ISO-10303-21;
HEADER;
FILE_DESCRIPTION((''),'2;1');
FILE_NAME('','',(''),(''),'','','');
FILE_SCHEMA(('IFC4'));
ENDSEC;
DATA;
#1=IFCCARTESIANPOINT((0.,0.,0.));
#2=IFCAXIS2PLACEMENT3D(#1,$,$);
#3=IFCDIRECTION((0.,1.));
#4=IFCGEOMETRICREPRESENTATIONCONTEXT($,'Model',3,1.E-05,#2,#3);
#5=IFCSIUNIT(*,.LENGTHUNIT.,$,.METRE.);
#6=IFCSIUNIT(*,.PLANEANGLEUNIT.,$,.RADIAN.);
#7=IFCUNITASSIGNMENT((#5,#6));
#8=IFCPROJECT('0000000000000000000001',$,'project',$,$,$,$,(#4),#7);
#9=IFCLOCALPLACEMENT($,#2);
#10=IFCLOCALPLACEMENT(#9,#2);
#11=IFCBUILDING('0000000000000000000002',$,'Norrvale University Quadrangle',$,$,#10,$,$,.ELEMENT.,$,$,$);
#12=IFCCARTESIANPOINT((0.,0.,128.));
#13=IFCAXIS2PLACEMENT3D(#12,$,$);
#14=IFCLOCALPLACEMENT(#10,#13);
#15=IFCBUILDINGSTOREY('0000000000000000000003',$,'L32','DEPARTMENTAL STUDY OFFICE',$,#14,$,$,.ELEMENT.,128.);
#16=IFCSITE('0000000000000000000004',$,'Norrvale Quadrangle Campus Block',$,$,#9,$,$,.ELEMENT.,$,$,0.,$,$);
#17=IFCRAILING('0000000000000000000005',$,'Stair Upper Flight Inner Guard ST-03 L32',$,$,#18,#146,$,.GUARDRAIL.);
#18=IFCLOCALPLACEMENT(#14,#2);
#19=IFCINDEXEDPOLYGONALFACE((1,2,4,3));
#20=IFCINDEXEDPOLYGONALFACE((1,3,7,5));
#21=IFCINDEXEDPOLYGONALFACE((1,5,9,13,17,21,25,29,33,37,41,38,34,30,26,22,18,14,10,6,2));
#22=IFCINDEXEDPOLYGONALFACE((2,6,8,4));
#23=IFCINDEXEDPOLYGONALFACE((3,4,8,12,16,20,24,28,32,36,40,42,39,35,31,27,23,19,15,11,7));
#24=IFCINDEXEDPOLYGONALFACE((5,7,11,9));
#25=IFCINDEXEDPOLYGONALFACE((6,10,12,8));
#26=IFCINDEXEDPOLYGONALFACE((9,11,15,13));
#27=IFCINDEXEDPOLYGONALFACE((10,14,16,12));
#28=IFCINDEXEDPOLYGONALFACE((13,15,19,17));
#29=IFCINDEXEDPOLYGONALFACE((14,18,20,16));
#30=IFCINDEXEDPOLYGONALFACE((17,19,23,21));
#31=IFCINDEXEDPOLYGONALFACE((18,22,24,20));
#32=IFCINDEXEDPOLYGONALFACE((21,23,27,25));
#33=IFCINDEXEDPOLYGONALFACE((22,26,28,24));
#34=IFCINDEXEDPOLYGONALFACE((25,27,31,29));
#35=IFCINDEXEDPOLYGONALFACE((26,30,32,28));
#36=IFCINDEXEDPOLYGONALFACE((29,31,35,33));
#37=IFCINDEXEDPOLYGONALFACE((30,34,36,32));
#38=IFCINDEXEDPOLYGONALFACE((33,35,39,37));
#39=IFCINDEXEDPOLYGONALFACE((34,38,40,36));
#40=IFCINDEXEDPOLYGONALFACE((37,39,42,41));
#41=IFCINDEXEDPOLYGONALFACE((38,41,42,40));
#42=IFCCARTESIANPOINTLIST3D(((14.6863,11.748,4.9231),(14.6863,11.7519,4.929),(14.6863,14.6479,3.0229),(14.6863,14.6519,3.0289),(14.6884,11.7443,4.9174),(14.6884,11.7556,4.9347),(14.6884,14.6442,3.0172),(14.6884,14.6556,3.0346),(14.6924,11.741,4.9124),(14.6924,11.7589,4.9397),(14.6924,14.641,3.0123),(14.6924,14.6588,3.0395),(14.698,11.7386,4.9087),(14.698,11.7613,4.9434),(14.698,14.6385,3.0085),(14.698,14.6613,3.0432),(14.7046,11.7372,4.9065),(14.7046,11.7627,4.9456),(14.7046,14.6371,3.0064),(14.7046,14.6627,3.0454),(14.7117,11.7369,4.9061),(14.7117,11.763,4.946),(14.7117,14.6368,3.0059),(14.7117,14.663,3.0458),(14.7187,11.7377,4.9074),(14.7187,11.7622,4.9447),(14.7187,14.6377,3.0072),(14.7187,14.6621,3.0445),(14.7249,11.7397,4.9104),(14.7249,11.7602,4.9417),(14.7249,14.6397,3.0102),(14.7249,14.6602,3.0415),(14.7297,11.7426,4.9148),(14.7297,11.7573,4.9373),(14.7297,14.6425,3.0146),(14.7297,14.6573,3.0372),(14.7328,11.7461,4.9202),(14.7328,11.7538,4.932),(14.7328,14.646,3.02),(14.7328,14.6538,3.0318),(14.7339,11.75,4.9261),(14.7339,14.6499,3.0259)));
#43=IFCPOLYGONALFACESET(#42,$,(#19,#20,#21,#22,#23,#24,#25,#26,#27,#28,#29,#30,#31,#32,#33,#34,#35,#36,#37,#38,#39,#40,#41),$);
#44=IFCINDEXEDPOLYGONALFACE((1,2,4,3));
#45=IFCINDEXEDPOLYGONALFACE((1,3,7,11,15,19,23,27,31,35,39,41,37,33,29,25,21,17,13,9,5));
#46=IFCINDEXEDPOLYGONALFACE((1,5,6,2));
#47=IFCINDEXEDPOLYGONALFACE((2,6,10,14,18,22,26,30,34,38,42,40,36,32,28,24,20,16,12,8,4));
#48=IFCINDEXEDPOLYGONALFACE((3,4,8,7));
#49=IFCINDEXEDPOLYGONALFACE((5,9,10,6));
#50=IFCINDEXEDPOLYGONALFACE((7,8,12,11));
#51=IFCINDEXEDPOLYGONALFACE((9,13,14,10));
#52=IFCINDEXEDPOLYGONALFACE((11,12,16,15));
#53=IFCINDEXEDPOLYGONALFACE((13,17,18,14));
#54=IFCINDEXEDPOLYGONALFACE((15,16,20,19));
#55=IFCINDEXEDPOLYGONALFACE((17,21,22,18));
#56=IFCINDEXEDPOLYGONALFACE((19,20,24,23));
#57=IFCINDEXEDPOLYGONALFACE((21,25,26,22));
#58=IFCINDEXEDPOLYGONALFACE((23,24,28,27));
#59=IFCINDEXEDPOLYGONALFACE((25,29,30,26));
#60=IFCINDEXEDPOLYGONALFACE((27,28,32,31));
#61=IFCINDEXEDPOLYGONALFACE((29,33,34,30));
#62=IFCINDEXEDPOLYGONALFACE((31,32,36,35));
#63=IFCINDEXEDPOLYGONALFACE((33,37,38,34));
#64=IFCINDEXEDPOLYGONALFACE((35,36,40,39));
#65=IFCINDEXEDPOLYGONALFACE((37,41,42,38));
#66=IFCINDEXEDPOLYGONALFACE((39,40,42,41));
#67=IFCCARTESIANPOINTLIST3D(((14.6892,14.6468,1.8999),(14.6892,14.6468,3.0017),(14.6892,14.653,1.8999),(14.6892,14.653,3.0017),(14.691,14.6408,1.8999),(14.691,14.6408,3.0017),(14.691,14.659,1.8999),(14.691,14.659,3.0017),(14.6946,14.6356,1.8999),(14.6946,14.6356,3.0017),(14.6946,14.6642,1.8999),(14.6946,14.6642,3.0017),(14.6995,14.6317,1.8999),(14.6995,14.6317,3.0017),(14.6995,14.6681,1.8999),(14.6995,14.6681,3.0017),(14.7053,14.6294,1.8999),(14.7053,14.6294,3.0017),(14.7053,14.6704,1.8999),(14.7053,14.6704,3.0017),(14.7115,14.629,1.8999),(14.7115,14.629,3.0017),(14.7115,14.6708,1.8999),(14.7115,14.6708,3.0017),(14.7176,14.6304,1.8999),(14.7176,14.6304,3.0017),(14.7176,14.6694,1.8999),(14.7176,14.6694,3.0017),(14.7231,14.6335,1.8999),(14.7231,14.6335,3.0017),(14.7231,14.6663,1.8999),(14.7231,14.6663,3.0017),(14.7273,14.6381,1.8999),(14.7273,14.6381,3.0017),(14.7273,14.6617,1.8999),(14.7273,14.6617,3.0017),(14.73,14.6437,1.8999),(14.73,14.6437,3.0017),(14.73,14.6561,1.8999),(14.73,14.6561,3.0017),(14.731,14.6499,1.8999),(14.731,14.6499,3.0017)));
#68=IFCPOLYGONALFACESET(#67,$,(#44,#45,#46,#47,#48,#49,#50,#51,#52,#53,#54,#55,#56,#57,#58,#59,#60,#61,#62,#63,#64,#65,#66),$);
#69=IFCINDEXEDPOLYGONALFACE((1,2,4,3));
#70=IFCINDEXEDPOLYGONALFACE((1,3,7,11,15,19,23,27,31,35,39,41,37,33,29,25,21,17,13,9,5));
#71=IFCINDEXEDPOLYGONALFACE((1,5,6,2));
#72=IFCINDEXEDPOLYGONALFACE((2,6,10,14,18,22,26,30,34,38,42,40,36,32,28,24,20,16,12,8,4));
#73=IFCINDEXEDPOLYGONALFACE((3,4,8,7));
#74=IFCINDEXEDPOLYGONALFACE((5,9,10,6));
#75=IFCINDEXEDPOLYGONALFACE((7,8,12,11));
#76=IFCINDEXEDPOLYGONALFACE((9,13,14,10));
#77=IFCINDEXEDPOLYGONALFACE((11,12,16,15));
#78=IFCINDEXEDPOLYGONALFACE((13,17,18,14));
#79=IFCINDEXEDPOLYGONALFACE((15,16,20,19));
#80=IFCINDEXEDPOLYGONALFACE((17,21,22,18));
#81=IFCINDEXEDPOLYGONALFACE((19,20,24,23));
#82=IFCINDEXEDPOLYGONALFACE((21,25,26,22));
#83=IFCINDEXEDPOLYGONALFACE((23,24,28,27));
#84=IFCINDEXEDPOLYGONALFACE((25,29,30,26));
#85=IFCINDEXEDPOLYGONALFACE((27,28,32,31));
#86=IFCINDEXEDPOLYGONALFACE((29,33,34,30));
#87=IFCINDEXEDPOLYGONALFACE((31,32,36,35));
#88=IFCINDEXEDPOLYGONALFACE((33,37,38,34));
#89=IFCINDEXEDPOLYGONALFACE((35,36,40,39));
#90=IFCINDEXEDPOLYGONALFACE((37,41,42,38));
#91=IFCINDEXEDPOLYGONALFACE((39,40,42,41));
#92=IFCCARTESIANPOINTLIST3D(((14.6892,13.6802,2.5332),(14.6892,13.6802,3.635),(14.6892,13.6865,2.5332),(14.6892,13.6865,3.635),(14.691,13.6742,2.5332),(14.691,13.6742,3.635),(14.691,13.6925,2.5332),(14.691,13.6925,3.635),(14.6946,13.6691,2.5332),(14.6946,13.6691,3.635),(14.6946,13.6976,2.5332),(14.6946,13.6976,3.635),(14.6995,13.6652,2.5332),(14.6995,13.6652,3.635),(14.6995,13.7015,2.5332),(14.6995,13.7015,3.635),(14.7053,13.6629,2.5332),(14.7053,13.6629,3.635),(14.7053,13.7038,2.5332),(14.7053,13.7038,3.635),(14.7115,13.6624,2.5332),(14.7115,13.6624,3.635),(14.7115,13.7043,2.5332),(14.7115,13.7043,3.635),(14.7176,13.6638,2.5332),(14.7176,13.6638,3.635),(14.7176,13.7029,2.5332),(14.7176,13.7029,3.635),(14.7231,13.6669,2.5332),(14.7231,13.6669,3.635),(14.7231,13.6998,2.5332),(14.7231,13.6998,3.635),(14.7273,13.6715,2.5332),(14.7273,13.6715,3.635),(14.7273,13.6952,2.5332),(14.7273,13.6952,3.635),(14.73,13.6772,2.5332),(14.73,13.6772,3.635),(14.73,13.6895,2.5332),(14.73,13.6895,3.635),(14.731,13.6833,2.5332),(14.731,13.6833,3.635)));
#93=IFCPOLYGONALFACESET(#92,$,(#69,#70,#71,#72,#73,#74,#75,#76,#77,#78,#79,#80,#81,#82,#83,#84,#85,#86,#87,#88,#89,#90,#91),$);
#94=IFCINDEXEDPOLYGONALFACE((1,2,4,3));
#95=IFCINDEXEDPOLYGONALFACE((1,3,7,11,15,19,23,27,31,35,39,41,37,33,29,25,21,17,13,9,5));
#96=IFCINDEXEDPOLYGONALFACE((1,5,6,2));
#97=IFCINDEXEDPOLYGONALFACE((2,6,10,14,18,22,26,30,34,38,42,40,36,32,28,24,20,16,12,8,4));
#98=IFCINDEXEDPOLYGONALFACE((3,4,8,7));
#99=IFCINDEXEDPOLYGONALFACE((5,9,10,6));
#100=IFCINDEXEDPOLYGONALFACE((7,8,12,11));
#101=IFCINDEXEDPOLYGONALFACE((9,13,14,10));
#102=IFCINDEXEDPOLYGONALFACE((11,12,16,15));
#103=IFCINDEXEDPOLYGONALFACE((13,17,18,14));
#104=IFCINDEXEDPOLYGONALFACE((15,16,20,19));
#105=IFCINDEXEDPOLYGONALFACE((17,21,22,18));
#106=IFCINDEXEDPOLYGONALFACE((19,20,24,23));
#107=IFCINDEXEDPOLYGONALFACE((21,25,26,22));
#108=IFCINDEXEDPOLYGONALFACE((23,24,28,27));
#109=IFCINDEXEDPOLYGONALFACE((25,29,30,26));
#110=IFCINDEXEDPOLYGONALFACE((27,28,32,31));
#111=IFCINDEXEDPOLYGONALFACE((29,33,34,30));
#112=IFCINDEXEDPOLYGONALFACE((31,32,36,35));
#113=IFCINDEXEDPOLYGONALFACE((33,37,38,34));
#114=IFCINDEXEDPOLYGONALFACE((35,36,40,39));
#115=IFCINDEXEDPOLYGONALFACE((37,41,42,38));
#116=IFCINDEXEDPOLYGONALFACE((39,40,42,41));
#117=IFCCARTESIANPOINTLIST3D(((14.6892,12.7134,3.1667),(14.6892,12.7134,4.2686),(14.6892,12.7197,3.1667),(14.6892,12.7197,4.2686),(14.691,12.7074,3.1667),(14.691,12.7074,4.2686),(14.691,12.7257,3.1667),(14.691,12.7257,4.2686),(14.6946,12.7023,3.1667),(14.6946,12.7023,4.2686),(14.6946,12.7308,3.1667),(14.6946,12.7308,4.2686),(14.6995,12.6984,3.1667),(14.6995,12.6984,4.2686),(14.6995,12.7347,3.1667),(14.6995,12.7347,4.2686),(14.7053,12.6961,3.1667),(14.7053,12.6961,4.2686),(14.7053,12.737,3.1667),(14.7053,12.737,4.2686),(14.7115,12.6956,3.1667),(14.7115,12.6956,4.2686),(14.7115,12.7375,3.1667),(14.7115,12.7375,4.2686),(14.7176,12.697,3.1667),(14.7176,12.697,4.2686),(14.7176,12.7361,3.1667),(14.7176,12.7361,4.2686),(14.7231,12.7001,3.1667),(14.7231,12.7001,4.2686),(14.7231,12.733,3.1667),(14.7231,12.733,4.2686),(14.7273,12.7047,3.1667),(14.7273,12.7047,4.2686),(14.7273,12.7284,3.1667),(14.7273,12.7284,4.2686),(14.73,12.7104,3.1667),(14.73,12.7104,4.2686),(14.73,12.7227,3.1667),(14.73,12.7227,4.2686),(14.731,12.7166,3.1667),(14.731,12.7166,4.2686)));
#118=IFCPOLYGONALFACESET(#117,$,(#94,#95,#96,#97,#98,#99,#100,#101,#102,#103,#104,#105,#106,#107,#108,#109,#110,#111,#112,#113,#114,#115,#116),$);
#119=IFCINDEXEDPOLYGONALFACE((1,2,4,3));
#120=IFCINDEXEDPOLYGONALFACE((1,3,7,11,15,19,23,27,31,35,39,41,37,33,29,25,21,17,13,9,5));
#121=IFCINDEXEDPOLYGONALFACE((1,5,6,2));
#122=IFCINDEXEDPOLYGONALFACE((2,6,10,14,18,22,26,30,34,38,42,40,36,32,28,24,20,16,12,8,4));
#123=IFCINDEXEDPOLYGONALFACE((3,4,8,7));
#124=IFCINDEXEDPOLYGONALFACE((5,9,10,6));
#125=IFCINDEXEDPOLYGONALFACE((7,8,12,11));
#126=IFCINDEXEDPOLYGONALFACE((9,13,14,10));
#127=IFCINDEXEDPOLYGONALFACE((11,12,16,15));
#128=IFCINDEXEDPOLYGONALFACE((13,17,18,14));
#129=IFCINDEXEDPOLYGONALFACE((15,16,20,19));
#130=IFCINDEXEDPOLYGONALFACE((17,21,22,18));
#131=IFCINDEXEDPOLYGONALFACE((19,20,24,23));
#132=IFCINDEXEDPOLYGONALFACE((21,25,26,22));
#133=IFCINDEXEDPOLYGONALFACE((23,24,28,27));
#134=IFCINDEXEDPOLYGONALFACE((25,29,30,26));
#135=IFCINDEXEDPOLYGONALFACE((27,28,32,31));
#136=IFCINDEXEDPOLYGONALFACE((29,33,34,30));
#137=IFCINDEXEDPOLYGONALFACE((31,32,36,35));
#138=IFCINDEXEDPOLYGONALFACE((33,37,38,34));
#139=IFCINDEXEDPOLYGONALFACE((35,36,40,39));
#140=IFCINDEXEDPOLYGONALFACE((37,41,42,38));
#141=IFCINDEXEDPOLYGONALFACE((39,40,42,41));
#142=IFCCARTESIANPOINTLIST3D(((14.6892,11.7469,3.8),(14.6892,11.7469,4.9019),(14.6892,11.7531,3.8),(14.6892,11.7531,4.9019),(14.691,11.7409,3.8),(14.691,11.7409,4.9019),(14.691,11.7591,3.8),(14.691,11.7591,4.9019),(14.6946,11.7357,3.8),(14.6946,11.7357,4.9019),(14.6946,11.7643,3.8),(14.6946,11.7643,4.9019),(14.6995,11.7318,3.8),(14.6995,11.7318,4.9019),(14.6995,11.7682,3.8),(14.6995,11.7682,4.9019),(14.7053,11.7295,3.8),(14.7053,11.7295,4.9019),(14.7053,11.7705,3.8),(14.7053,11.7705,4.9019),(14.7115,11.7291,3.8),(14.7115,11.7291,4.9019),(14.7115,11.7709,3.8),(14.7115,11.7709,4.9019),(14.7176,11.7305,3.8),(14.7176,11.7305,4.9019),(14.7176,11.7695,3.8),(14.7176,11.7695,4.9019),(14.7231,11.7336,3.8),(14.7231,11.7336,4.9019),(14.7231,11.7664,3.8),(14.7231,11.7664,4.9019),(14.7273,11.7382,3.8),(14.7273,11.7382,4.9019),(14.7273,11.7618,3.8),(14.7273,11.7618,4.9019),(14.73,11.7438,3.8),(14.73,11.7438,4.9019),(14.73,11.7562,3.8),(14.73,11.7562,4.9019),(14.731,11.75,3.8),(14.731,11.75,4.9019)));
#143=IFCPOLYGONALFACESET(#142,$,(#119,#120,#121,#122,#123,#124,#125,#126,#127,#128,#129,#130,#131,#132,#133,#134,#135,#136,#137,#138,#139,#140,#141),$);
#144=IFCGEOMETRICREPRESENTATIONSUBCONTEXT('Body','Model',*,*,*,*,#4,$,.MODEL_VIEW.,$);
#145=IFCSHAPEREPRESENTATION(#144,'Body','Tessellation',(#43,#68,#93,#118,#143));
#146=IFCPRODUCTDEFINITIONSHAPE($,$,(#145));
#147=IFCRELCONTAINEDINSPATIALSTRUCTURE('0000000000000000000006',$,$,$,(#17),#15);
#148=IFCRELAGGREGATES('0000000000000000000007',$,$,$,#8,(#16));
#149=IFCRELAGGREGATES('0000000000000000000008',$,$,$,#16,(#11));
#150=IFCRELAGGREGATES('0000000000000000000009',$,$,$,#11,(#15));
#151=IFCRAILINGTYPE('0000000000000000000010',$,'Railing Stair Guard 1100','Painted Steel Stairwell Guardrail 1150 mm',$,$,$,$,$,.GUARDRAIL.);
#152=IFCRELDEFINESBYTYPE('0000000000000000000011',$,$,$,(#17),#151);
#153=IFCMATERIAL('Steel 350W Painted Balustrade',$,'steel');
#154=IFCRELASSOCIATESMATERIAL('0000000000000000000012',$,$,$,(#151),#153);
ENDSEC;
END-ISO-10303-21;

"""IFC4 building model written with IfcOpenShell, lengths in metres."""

from ifc_helpers import new_model, si_unit, direction, frame, origin, origin_2d, place, context, subcontext, project, spatial, circle, extrude, material, type_object, element, save


model = new_model("IFC4")

# Units and contexts
model_context = context("Model", 3, precision=1e-05, world=origin(), true_north=direction((0.0, 1.0)))
body_context = subcontext(model_context, "Body", "Model", "MODEL_VIEW")
ifc_project = project(units=[si_unit("LENGTHUNIT", "METRE"), si_unit("PLANEANGLEUNIT", "RADIAN")], contexts=[model_context])

# Site, building, storey
site_placement = place(None, origin())
site = spatial("IfcSite", under=ifc_project, at=site_placement, Name="Norrvale Quadrangle Campus Block", CompositionType="ELEMENT", RefElevation=0.0)
building_placement = place(site_placement, origin())
building = spatial("IfcBuilding", under=site, at=building_placement, Name="Norrvale University Quadrangle", CompositionType="ELEMENT")
storey_placement = place(building_placement, frame((0.0, 0.0, 128.0)))
storey = spatial("IfcBuildingStorey", under=building, at=storey_placement, Name="L32", Description="DEPARTMENTAL STUDY OFFICE", CompositionType="ELEMENT", Elevation=128.0)

# Railing
ifc_material_1 = material(Name="Steel 350W Painted Balustrade", Category="steel")
railing_type_1 = type_object("IfcRailingType", Name="Railing Stair Guard 1100", Description="Painted Steel Stairwell Guardrail 1150 mm", PredefinedType="GUARDRAIL", material=ifc_material_1)
railing_1_placement = place(storey_placement, frame((14.71, 14.6499, 1.8999)))
element("IfcRailing", 1, at=railing_1_placement, inside=storey, type_object=railing_type_1, Name="Stair Upper Flight Inner Guard ST-03 L32", PredefinedType="GUARDRAIL", context=body_context, shape_type="SweptSolid", body=[
    extrude(circle(Radius=0.0239, at=origin_2d()), frame((0.0, 0.0, 1.126), z_axis=(0.0, -0.836433, 0.548069), x_axis=(1.0, 0.0, 0.0)), (0.0, 0.0, 1.0), 3.467),
    extrude(circle(Radius=0.021, at=origin_2d()), origin(), (0.0, 0.0, 1.0), 1.1018),
    extrude(circle(Radius=0.021, at=origin_2d()), frame((0.0, -0.9666, 0.6333)), (0.0, 0.0, 1.0), 1.1018),
    extrude(circle(Radius=0.021, at=origin_2d()), frame((0.0, -1.9333, 1.2668)), (0.0, 0.0, 1.0), 1.1018),
    extrude(circle(Radius=0.021, at=origin_2d()), frame((0.0, -2.8999, 1.9001)), (0.0, 0.0, 1.0), 1.1018),
])

save(model, "model.ifc")
